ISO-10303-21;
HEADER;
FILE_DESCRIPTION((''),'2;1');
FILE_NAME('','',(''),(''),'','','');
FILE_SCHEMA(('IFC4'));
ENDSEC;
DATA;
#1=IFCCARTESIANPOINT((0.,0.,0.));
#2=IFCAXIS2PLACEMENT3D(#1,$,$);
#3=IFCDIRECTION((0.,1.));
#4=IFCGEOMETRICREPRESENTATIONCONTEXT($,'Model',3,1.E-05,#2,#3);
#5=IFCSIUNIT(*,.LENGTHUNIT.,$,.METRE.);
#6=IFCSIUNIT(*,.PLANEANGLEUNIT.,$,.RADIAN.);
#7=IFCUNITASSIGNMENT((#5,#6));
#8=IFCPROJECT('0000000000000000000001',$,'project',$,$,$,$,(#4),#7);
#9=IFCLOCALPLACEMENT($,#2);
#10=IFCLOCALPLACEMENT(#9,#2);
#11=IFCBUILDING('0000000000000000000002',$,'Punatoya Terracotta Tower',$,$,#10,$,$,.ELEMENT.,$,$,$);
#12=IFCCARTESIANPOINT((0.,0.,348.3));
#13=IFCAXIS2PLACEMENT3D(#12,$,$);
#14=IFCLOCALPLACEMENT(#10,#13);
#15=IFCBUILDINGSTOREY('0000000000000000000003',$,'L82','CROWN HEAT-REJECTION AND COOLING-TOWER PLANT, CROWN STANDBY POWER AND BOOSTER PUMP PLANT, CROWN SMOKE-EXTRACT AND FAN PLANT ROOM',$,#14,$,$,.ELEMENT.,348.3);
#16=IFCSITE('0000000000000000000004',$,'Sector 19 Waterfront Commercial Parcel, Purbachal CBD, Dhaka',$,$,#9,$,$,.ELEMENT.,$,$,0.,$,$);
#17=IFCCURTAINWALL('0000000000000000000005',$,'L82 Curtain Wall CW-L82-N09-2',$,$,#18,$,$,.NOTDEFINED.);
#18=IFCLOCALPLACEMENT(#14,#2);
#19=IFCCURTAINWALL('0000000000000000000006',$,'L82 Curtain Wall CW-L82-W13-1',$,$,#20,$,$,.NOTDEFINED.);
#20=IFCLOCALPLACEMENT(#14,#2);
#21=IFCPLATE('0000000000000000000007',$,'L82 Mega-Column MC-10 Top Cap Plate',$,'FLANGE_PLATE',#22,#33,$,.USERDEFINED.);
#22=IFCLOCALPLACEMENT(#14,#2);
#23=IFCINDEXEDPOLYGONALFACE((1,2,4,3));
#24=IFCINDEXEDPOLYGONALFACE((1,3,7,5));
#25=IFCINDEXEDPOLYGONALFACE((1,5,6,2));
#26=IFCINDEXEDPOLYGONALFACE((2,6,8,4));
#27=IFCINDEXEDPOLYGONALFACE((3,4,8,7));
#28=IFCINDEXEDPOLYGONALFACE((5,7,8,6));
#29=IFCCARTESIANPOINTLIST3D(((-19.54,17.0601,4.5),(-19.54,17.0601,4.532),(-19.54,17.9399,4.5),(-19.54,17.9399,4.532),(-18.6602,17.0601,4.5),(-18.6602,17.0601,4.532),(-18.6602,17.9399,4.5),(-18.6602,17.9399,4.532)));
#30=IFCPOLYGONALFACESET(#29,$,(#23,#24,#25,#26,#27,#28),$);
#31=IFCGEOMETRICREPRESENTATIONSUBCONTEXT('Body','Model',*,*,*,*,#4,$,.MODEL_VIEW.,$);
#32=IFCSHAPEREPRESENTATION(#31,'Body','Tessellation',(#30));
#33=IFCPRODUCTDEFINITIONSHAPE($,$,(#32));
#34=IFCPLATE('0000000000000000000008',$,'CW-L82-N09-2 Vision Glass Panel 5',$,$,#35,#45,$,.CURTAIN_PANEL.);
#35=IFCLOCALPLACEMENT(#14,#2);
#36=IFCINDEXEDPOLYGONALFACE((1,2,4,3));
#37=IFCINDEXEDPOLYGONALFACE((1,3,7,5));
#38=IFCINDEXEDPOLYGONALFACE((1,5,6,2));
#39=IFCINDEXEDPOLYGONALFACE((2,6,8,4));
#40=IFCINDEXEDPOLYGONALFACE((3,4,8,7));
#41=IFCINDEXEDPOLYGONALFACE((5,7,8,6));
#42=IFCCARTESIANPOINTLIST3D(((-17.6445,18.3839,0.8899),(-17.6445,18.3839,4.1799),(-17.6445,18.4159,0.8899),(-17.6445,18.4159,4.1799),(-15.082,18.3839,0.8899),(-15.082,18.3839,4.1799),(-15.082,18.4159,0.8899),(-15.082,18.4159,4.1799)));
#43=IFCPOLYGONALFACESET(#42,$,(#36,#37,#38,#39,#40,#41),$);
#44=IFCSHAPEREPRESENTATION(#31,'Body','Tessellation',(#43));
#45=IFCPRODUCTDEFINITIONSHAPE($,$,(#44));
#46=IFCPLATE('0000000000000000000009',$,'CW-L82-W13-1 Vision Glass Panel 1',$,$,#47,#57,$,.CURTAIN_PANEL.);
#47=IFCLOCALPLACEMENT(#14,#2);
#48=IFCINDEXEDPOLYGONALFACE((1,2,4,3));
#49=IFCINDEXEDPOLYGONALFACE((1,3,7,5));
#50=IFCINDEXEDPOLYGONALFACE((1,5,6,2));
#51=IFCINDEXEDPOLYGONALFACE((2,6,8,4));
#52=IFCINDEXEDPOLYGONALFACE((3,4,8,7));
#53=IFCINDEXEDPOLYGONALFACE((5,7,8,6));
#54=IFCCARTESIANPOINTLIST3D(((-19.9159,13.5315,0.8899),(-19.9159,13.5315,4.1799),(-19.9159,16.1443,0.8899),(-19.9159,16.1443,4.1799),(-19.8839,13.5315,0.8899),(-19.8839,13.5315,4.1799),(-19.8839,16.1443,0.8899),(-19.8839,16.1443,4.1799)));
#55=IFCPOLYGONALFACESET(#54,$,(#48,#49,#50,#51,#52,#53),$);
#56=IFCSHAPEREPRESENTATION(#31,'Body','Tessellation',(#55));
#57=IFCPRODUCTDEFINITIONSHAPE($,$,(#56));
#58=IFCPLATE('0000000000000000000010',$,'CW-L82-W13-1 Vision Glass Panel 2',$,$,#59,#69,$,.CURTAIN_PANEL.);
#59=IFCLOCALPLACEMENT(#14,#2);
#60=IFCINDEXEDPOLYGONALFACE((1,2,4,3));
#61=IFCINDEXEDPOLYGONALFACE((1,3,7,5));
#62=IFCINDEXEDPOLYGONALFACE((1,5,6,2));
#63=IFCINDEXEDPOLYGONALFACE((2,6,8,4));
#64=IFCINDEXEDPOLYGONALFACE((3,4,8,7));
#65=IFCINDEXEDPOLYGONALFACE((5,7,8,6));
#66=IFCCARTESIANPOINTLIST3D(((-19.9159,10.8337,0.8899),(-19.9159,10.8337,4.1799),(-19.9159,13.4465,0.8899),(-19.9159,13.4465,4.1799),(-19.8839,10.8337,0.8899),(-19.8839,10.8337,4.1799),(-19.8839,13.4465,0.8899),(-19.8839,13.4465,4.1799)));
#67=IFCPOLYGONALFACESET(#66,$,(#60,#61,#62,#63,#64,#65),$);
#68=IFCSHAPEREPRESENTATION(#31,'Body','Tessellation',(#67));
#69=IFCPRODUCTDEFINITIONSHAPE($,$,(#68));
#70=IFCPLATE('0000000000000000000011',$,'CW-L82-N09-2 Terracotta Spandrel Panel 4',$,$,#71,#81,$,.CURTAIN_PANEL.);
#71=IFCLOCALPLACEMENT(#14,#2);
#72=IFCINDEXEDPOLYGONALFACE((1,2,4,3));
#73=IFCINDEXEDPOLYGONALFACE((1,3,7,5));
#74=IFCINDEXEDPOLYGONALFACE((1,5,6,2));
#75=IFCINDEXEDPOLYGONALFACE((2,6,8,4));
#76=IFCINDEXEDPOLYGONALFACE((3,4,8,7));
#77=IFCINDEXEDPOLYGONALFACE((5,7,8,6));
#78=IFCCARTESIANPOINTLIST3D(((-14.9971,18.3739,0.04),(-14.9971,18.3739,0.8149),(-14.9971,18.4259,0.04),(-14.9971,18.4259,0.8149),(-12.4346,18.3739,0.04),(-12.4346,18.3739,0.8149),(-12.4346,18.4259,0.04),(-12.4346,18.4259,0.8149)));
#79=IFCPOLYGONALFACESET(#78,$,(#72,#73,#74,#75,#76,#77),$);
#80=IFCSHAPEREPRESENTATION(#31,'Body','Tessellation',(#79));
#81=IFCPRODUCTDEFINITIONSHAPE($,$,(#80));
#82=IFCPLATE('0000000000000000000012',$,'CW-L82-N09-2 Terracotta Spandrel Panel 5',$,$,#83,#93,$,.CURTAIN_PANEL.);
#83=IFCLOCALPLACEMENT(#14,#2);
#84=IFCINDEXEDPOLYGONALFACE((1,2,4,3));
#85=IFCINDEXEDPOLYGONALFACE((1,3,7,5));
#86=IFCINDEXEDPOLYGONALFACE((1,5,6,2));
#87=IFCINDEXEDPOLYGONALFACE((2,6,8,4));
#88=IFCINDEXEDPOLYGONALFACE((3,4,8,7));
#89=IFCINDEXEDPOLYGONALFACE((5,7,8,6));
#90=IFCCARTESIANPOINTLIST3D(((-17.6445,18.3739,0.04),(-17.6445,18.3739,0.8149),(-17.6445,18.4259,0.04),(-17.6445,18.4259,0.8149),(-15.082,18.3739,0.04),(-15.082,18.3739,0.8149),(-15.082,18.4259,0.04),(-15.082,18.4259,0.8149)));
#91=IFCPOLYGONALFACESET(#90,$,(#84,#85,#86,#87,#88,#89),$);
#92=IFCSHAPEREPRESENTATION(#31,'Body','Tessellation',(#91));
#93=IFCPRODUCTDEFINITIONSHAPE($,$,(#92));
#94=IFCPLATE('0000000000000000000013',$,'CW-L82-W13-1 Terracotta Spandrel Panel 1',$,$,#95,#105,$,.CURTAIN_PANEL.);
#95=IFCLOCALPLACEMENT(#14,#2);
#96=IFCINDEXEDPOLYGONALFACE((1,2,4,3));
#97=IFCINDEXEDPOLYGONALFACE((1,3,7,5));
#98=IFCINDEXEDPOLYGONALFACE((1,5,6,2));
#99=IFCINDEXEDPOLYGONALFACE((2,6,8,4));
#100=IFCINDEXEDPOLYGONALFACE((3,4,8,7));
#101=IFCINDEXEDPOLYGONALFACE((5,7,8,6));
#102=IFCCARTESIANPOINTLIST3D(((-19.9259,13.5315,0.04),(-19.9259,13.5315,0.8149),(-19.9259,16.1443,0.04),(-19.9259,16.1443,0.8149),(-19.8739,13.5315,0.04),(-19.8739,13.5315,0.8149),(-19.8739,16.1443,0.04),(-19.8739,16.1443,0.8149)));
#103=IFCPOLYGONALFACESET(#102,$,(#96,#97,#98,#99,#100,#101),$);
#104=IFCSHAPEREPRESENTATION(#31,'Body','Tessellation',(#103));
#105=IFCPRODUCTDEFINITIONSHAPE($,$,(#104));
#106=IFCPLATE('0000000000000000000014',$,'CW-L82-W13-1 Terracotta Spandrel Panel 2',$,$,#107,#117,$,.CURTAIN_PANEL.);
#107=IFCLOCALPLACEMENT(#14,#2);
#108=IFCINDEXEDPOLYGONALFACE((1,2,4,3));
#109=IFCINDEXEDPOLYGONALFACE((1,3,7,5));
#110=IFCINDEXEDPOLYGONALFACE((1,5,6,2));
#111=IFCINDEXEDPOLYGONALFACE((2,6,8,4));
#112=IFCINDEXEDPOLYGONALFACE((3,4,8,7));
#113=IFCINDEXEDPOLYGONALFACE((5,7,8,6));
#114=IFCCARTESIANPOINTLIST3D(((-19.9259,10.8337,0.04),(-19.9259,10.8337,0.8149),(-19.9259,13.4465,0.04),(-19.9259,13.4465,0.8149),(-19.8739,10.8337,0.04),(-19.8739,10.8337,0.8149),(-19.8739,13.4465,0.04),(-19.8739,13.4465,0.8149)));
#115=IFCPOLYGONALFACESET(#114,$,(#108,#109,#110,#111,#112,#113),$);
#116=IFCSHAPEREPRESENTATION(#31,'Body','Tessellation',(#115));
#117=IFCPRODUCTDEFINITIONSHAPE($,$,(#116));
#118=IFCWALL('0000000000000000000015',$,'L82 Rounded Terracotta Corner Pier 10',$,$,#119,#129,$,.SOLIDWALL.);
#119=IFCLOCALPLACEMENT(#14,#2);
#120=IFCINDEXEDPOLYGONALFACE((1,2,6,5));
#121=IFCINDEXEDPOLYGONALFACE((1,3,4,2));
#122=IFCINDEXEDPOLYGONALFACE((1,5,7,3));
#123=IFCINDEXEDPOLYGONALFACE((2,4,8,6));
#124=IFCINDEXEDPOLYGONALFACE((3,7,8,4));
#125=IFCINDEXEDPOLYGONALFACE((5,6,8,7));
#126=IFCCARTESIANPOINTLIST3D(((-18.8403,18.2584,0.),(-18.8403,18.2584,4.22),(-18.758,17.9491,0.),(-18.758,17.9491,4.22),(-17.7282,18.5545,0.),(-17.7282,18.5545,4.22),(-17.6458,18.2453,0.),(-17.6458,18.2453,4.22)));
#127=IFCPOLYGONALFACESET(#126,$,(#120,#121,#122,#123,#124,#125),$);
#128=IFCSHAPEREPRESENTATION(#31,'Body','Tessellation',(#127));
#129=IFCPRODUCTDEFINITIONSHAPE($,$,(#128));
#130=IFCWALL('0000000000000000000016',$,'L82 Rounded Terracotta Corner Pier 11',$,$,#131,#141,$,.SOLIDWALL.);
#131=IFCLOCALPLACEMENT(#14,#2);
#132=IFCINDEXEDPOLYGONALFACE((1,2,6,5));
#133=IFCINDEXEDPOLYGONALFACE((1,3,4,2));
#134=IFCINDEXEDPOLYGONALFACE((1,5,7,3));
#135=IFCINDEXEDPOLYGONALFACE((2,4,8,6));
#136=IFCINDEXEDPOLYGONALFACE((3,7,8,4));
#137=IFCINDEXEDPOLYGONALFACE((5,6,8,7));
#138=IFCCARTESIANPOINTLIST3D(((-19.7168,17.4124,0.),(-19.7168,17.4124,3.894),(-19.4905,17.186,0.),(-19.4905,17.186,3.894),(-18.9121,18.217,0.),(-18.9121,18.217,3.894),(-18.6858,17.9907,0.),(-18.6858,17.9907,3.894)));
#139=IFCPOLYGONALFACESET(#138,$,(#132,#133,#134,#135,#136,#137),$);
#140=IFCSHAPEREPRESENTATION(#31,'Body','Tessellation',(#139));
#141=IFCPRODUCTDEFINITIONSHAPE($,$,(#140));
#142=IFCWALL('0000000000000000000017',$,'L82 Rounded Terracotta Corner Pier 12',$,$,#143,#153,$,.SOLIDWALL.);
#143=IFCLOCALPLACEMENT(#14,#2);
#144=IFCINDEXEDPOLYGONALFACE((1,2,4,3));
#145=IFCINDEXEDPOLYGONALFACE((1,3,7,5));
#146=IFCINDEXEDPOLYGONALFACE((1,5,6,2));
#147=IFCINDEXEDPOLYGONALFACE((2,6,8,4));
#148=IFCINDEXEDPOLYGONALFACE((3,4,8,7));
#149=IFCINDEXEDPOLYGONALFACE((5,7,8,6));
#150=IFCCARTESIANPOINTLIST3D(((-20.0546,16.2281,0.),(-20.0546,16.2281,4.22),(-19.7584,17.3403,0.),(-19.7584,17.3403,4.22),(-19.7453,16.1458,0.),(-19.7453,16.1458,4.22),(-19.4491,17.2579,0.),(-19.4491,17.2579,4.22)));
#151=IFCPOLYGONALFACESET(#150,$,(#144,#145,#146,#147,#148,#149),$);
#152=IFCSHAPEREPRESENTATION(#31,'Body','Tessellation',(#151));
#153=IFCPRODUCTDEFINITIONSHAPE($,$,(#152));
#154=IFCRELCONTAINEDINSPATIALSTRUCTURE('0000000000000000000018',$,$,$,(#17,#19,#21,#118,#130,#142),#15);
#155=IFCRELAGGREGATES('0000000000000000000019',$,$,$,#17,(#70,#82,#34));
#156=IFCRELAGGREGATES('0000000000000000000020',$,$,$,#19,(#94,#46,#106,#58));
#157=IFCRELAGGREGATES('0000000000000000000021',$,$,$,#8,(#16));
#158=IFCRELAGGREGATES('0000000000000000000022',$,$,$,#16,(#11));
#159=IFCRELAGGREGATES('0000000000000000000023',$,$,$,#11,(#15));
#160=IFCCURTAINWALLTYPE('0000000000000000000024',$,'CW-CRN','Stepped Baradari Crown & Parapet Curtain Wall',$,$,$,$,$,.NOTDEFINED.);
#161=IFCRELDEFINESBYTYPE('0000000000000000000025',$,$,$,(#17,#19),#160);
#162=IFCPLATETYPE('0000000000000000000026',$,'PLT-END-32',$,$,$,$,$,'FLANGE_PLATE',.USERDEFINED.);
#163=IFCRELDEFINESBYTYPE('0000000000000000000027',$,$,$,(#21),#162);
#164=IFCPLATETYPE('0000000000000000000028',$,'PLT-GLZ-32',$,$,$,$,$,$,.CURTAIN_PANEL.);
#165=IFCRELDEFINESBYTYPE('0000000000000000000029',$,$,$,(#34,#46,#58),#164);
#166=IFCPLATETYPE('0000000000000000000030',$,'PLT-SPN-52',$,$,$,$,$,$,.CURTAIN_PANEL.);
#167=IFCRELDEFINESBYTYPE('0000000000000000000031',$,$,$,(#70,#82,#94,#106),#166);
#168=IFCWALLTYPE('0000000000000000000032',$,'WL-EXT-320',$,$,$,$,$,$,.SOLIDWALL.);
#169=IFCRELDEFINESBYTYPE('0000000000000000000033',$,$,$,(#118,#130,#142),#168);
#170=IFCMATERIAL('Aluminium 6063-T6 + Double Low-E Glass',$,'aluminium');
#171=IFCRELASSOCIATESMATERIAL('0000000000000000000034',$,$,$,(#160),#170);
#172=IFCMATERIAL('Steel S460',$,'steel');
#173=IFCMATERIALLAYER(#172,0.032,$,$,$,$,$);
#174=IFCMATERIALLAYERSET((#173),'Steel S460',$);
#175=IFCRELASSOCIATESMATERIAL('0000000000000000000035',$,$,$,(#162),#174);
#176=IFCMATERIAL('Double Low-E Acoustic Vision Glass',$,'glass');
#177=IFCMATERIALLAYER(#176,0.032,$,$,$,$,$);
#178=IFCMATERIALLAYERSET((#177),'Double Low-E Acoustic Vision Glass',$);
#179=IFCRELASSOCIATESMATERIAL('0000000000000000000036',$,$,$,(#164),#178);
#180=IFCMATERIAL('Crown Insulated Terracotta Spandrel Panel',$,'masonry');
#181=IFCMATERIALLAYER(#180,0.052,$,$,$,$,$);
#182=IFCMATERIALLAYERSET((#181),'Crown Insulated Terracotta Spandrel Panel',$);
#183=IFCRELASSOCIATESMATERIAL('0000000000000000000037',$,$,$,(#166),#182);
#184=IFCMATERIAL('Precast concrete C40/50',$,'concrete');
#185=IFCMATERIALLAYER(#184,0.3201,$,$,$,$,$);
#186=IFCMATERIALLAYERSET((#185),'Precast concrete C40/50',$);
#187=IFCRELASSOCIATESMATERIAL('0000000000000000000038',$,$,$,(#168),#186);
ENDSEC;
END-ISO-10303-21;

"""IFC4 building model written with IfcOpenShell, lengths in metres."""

from ifc_helpers import new_model, si_unit, direction, frame, frame_2d, origin, origin_2d, place, context, subcontext, project, spatial, rectangle, extrude, material, layer, layer_set, type_object, element, aggregate, save


model = new_model("IFC4")

# Units and contexts
model_context = context("Model", 3, precision=1e-05, world=origin(), true_north=direction((0.0, 1.0)))
body_context = subcontext(model_context, "Body", "Model", "MODEL_VIEW")
ifc_project = project(units=[si_unit("LENGTHUNIT", "METRE"), si_unit("PLANEANGLEUNIT", "RADIAN")], contexts=[model_context])

# Site, building, storey
site_placement = place(None, origin())
site = spatial("IfcSite", under=ifc_project, at=site_placement, Name="Sector 19 Waterfront Commercial Parcel, Purbachal CBD, Dhaka", CompositionType="ELEMENT", RefElevation=0.0)
building_placement = place(site_placement, origin())
building = spatial("IfcBuilding", under=site, at=building_placement, Name="Punatoya Terracotta Tower", CompositionType="ELEMENT")
storey_placement = place(building_placement, frame((0.0, 0.0, 348.3)))
storey = spatial("IfcBuildingStorey", under=building, at=storey_placement, Name="L82", Description="CROWN HEAT-REJECTION AND COOLING-TOWER PLANT, CROWN STANDBY POWER AND BOOSTER PUMP PLANT, CROWN SMOKE-EXTRACT AND FAN PLANT ROOM", CompositionType="ELEMENT", Elevation=348.3)

# Shared definitions
ifc_material_1 = material(Name="Steel S460", Category="steel")

# Curtain walls
ifc_material_2 = material(Name="Aluminium 6063-T6 + Double Low-E Glass", Category="aluminium")
curtain_wall_type = type_object("IfcCurtainWallType", Name="CW-CRN", Description="Stepped Baradari Crown & Parapet Curtain Wall", PredefinedType="NOTDEFINED", material=ifc_material_2)
curtain_wall_1_placement = place(storey_placement, origin())
curtain_wall_1 = element("IfcCurtainWall", 1, at=curtain_wall_1_placement, inside=storey, type_object=curtain_wall_type, Name="L82 Curtain Wall CW-L82-N09-2", PredefinedType="NOTDEFINED")
curtain_wall_2_placement = place(storey_placement, origin())
curtain_wall_2 = element("IfcCurtainWall", 2, at=curtain_wall_2_placement, inside=storey, type_object=curtain_wall_type, Name="L82 Curtain Wall CW-L82-W13-1", PredefinedType="NOTDEFINED")

# Plates
ifc_layer_1 = layer(ifc_material_1, 0.032)
ifc_layer_set_1 = layer_set([ifc_layer_1], Name="Steel S460")
plate_type_1 = type_object("IfcPlateType", Name="PLT-END-32", ElementType="FLANGE_PLATE", PredefinedType="USERDEFINED", material=ifc_layer_set_1)
plate_1_placement = place(storey_placement, frame((-19.1001, 17.5, 4.5), z_axis=(0.0, 0.0, 1.0), x_axis=(1.0, 0.0, 0.0)))
element("IfcPlate", 3, at=plate_1_placement, inside=storey, type_object=plate_type_1, Name="L82 Mega-Column MC-10 Top Cap Plate", ObjectType="FLANGE_PLATE", PredefinedType="USERDEFINED", context=body_context, shape_type="SweptSolid", body=[
    extrude(rectangle(XDim=0.8799, YDim=0.8799, at=origin_2d()), origin(), (0.0, 0.0, 1.0), 0.032),
])
ifc_material_3 = material(Name="Double Low-E Acoustic Vision Glass", Category="glass")
ifc_layer_2 = layer(ifc_material_3, 0.032)
ifc_layer_set_2 = layer_set([ifc_layer_2], Name="Double Low-E Acoustic Vision Glass")
plate_type_2 = type_object("IfcPlateType", Name="PLT-GLZ-32", PredefinedType="CURTAIN_PANEL", material=ifc_layer_set_2)
plate_2_placement = place(storey_placement, frame((-16.3633, 18.3999, 0.8899), z_axis=(0.0, 0.0, 1.0), x_axis=(-1.0, 0.0, 0.0)))
plate_2 = element("IfcPlate", 4, at=plate_2_placement, type_object=plate_type_2, Name="CW-L82-N09-2 Vision Glass Panel 5", PredefinedType="CURTAIN_PANEL", context=body_context, shape_type="SweptSolid", body=[
    extrude(rectangle(XDim=2.5625, YDim=0.032, at=origin_2d()), origin(), (0.0, 0.0, 1.0), 3.29),
])
plate_3_placement = place(storey_placement, frame((-19.8999, 14.8379, 0.8899), z_axis=(0.0, 0.0, 1.0), x_axis=(0.0, -1.0, 0.0)))
plate_3 = element("IfcPlate", 5, at=plate_3_placement, type_object=plate_type_2, Name="CW-L82-W13-1 Vision Glass Panel 1", PredefinedType="CURTAIN_PANEL", context=body_context, shape_type="SweptSolid", body=[
    extrude(rectangle(XDim=2.6128, YDim=0.032, at=origin_2d()), origin(), (0.0, 0.0, 1.0), 3.29),
])
plate_4_placement = place(storey_placement, frame((-19.8999, 12.1401, 0.8899), z_axis=(0.0, 0.0, 1.0), x_axis=(0.0, -1.0, 0.0)))
plate_4 = element("IfcPlate", 6, at=plate_4_placement, type_object=plate_type_2, Name="CW-L82-W13-1 Vision Glass Panel 2", PredefinedType="CURTAIN_PANEL", context=body_context, shape_type="SweptSolid", body=[
    extrude(rectangle(XDim=2.6128, YDim=0.032, at=origin_2d()), origin(), (0.0, 0.0, 1.0), 3.29),
])
ifc_material_4 = material(Name="Crown Insulated Terracotta Spandrel Panel", Category="masonry")
ifc_layer_3 = layer(ifc_material_4, 0.052)
ifc_layer_set_3 = layer_set([ifc_layer_3], Name="Crown Insulated Terracotta Spandrel Panel")
plate_type_3 = type_object("IfcPlateType", Name="PLT-SPN-52", PredefinedType="CURTAIN_PANEL", material=ifc_layer_set_3)
plate_5_placement = place(storey_placement, frame((-13.7158, 18.3999, 0.04), z_axis=(0.0, 0.0, 1.0), x_axis=(-1.0, 0.0, 0.0)))
plate_5 = element("IfcPlate", 7, at=plate_5_placement, type_object=plate_type_3, Name="CW-L82-N09-2 Terracotta Spandrel Panel 4", PredefinedType="CURTAIN_PANEL", context=body_context, shape_type="SweptSolid", body=[
    extrude(rectangle(XDim=2.5625, YDim=0.052, at=origin_2d()), origin(), (0.0, 0.0, 1.0), 0.7749),
])
plate_6_placement = place(storey_placement, frame((-16.3633, 18.3999, 0.04), z_axis=(0.0, 0.0, 1.0), x_axis=(-1.0, 0.0, 0.0)))
plate_6 = element("IfcPlate", 8, at=plate_6_placement, type_object=plate_type_3, Name="CW-L82-N09-2 Terracotta Spandrel Panel 5", PredefinedType="CURTAIN_PANEL", context=body_context, shape_type="SweptSolid", body=[
    extrude(rectangle(XDim=2.5625, YDim=0.052, at=origin_2d()), origin(), (0.0, 0.0, 1.0), 0.7749),
])
aggregate(curtain_wall_1, [plate_5, plate_6, plate_2])
plate_7_placement = place(storey_placement, frame((-19.8999, 14.8379, 0.04), z_axis=(0.0, 0.0, 1.0), x_axis=(0.0, -1.0, 0.0)))
plate_7 = element("IfcPlate", 9, at=plate_7_placement, type_object=plate_type_3, Name="CW-L82-W13-1 Terracotta Spandrel Panel 1", PredefinedType="CURTAIN_PANEL", context=body_context, shape_type="SweptSolid", body=[
    extrude(rectangle(XDim=2.6128, YDim=0.052, at=origin_2d()), origin(), (0.0, 0.0, 1.0), 0.7749),
])
plate_8_placement = place(storey_placement, frame((-19.8999, 12.1401, 0.04), z_axis=(0.0, 0.0, 1.0), x_axis=(0.0, -1.0, 0.0)))
plate_8 = element("IfcPlate", 10, at=plate_8_placement, type_object=plate_type_3, Name="CW-L82-W13-1 Terracotta Spandrel Panel 2", PredefinedType="CURTAIN_PANEL", context=body_context, shape_type="SweptSolid", body=[
    extrude(rectangle(XDim=2.6128, YDim=0.052, at=origin_2d()), origin(), (0.0, 0.0, 1.0), 0.7749),
])
aggregate(curtain_wall_2, [plate_7, plate_3, plate_8, plate_4])

# Walls
ifc_material_5 = material(Name="Precast concrete C40/50", Category="concrete")
ifc_layer_4 = layer(ifc_material_5, 0.3201)
ifc_layer_set_4 = layer_set([ifc_layer_4], Name="Precast concrete C40/50")
wall_type = type_object("IfcWallType", Name="WL-EXT-320", PredefinedType="SOLIDWALL", material=ifc_layer_set_4)
wall_1_placement = place(storey_placement, frame((-17.687, 18.3999, 0.0), z_axis=(0.0, 0.0, 1.0), x_axis=(-0.966323, -0.257333, 0.0)))
element("IfcWall", 11, at=wall_1_placement, inside=storey, type_object=wall_type, Name="L82 Rounded Terracotta Corner Pier 10", PredefinedType="SOLIDWALL", context=body_context, shape_type="SweptSolid", body=[
    extrude(rectangle(XDim=1.1509, YDim=0.3201, at=frame_2d((0.5754, 0.0))), origin(), (0.0, 0.0, 1.0), 4.22),
])
wall_2_placement = place(storey_placement, frame((-18.7991, 18.1038, 0.0), z_axis=(0.0, 0.0, 1.0), x_axis=(-0.707107, -0.707107, 0.0)))
element("IfcWall", 12, at=wall_2_placement, inside=storey, type_object=wall_type, Name="L82 Rounded Terracotta Corner Pier 11", PredefinedType="SOLIDWALL", context=body_context, shape_type="SweptSolid", body=[
    extrude(rectangle(XDim=1.1379, YDim=0.3201, at=frame_2d((0.5688, 0.0))), origin(), (0.0, 0.0, 1.0), 3.894),
])
wall_3_placement = place(storey_placement, frame((-19.6038, 17.2991, 0.0), z_axis=(0.0, 0.0, 1.0), x_axis=(-0.257333, -0.966323, 0.0)))
element("IfcWall", 13, at=wall_3_placement, inside=storey, type_object=wall_type, Name="L82 Rounded Terracotta Corner Pier 12", PredefinedType="SOLIDWALL", context=body_context, shape_type="SweptSolid", body=[
    extrude(rectangle(XDim=1.1509, YDim=0.3201, at=frame_2d((0.5754, 0.0))), origin(), (0.0, 0.0, 1.0), 4.22),
])

save(model, "model.ifc")
